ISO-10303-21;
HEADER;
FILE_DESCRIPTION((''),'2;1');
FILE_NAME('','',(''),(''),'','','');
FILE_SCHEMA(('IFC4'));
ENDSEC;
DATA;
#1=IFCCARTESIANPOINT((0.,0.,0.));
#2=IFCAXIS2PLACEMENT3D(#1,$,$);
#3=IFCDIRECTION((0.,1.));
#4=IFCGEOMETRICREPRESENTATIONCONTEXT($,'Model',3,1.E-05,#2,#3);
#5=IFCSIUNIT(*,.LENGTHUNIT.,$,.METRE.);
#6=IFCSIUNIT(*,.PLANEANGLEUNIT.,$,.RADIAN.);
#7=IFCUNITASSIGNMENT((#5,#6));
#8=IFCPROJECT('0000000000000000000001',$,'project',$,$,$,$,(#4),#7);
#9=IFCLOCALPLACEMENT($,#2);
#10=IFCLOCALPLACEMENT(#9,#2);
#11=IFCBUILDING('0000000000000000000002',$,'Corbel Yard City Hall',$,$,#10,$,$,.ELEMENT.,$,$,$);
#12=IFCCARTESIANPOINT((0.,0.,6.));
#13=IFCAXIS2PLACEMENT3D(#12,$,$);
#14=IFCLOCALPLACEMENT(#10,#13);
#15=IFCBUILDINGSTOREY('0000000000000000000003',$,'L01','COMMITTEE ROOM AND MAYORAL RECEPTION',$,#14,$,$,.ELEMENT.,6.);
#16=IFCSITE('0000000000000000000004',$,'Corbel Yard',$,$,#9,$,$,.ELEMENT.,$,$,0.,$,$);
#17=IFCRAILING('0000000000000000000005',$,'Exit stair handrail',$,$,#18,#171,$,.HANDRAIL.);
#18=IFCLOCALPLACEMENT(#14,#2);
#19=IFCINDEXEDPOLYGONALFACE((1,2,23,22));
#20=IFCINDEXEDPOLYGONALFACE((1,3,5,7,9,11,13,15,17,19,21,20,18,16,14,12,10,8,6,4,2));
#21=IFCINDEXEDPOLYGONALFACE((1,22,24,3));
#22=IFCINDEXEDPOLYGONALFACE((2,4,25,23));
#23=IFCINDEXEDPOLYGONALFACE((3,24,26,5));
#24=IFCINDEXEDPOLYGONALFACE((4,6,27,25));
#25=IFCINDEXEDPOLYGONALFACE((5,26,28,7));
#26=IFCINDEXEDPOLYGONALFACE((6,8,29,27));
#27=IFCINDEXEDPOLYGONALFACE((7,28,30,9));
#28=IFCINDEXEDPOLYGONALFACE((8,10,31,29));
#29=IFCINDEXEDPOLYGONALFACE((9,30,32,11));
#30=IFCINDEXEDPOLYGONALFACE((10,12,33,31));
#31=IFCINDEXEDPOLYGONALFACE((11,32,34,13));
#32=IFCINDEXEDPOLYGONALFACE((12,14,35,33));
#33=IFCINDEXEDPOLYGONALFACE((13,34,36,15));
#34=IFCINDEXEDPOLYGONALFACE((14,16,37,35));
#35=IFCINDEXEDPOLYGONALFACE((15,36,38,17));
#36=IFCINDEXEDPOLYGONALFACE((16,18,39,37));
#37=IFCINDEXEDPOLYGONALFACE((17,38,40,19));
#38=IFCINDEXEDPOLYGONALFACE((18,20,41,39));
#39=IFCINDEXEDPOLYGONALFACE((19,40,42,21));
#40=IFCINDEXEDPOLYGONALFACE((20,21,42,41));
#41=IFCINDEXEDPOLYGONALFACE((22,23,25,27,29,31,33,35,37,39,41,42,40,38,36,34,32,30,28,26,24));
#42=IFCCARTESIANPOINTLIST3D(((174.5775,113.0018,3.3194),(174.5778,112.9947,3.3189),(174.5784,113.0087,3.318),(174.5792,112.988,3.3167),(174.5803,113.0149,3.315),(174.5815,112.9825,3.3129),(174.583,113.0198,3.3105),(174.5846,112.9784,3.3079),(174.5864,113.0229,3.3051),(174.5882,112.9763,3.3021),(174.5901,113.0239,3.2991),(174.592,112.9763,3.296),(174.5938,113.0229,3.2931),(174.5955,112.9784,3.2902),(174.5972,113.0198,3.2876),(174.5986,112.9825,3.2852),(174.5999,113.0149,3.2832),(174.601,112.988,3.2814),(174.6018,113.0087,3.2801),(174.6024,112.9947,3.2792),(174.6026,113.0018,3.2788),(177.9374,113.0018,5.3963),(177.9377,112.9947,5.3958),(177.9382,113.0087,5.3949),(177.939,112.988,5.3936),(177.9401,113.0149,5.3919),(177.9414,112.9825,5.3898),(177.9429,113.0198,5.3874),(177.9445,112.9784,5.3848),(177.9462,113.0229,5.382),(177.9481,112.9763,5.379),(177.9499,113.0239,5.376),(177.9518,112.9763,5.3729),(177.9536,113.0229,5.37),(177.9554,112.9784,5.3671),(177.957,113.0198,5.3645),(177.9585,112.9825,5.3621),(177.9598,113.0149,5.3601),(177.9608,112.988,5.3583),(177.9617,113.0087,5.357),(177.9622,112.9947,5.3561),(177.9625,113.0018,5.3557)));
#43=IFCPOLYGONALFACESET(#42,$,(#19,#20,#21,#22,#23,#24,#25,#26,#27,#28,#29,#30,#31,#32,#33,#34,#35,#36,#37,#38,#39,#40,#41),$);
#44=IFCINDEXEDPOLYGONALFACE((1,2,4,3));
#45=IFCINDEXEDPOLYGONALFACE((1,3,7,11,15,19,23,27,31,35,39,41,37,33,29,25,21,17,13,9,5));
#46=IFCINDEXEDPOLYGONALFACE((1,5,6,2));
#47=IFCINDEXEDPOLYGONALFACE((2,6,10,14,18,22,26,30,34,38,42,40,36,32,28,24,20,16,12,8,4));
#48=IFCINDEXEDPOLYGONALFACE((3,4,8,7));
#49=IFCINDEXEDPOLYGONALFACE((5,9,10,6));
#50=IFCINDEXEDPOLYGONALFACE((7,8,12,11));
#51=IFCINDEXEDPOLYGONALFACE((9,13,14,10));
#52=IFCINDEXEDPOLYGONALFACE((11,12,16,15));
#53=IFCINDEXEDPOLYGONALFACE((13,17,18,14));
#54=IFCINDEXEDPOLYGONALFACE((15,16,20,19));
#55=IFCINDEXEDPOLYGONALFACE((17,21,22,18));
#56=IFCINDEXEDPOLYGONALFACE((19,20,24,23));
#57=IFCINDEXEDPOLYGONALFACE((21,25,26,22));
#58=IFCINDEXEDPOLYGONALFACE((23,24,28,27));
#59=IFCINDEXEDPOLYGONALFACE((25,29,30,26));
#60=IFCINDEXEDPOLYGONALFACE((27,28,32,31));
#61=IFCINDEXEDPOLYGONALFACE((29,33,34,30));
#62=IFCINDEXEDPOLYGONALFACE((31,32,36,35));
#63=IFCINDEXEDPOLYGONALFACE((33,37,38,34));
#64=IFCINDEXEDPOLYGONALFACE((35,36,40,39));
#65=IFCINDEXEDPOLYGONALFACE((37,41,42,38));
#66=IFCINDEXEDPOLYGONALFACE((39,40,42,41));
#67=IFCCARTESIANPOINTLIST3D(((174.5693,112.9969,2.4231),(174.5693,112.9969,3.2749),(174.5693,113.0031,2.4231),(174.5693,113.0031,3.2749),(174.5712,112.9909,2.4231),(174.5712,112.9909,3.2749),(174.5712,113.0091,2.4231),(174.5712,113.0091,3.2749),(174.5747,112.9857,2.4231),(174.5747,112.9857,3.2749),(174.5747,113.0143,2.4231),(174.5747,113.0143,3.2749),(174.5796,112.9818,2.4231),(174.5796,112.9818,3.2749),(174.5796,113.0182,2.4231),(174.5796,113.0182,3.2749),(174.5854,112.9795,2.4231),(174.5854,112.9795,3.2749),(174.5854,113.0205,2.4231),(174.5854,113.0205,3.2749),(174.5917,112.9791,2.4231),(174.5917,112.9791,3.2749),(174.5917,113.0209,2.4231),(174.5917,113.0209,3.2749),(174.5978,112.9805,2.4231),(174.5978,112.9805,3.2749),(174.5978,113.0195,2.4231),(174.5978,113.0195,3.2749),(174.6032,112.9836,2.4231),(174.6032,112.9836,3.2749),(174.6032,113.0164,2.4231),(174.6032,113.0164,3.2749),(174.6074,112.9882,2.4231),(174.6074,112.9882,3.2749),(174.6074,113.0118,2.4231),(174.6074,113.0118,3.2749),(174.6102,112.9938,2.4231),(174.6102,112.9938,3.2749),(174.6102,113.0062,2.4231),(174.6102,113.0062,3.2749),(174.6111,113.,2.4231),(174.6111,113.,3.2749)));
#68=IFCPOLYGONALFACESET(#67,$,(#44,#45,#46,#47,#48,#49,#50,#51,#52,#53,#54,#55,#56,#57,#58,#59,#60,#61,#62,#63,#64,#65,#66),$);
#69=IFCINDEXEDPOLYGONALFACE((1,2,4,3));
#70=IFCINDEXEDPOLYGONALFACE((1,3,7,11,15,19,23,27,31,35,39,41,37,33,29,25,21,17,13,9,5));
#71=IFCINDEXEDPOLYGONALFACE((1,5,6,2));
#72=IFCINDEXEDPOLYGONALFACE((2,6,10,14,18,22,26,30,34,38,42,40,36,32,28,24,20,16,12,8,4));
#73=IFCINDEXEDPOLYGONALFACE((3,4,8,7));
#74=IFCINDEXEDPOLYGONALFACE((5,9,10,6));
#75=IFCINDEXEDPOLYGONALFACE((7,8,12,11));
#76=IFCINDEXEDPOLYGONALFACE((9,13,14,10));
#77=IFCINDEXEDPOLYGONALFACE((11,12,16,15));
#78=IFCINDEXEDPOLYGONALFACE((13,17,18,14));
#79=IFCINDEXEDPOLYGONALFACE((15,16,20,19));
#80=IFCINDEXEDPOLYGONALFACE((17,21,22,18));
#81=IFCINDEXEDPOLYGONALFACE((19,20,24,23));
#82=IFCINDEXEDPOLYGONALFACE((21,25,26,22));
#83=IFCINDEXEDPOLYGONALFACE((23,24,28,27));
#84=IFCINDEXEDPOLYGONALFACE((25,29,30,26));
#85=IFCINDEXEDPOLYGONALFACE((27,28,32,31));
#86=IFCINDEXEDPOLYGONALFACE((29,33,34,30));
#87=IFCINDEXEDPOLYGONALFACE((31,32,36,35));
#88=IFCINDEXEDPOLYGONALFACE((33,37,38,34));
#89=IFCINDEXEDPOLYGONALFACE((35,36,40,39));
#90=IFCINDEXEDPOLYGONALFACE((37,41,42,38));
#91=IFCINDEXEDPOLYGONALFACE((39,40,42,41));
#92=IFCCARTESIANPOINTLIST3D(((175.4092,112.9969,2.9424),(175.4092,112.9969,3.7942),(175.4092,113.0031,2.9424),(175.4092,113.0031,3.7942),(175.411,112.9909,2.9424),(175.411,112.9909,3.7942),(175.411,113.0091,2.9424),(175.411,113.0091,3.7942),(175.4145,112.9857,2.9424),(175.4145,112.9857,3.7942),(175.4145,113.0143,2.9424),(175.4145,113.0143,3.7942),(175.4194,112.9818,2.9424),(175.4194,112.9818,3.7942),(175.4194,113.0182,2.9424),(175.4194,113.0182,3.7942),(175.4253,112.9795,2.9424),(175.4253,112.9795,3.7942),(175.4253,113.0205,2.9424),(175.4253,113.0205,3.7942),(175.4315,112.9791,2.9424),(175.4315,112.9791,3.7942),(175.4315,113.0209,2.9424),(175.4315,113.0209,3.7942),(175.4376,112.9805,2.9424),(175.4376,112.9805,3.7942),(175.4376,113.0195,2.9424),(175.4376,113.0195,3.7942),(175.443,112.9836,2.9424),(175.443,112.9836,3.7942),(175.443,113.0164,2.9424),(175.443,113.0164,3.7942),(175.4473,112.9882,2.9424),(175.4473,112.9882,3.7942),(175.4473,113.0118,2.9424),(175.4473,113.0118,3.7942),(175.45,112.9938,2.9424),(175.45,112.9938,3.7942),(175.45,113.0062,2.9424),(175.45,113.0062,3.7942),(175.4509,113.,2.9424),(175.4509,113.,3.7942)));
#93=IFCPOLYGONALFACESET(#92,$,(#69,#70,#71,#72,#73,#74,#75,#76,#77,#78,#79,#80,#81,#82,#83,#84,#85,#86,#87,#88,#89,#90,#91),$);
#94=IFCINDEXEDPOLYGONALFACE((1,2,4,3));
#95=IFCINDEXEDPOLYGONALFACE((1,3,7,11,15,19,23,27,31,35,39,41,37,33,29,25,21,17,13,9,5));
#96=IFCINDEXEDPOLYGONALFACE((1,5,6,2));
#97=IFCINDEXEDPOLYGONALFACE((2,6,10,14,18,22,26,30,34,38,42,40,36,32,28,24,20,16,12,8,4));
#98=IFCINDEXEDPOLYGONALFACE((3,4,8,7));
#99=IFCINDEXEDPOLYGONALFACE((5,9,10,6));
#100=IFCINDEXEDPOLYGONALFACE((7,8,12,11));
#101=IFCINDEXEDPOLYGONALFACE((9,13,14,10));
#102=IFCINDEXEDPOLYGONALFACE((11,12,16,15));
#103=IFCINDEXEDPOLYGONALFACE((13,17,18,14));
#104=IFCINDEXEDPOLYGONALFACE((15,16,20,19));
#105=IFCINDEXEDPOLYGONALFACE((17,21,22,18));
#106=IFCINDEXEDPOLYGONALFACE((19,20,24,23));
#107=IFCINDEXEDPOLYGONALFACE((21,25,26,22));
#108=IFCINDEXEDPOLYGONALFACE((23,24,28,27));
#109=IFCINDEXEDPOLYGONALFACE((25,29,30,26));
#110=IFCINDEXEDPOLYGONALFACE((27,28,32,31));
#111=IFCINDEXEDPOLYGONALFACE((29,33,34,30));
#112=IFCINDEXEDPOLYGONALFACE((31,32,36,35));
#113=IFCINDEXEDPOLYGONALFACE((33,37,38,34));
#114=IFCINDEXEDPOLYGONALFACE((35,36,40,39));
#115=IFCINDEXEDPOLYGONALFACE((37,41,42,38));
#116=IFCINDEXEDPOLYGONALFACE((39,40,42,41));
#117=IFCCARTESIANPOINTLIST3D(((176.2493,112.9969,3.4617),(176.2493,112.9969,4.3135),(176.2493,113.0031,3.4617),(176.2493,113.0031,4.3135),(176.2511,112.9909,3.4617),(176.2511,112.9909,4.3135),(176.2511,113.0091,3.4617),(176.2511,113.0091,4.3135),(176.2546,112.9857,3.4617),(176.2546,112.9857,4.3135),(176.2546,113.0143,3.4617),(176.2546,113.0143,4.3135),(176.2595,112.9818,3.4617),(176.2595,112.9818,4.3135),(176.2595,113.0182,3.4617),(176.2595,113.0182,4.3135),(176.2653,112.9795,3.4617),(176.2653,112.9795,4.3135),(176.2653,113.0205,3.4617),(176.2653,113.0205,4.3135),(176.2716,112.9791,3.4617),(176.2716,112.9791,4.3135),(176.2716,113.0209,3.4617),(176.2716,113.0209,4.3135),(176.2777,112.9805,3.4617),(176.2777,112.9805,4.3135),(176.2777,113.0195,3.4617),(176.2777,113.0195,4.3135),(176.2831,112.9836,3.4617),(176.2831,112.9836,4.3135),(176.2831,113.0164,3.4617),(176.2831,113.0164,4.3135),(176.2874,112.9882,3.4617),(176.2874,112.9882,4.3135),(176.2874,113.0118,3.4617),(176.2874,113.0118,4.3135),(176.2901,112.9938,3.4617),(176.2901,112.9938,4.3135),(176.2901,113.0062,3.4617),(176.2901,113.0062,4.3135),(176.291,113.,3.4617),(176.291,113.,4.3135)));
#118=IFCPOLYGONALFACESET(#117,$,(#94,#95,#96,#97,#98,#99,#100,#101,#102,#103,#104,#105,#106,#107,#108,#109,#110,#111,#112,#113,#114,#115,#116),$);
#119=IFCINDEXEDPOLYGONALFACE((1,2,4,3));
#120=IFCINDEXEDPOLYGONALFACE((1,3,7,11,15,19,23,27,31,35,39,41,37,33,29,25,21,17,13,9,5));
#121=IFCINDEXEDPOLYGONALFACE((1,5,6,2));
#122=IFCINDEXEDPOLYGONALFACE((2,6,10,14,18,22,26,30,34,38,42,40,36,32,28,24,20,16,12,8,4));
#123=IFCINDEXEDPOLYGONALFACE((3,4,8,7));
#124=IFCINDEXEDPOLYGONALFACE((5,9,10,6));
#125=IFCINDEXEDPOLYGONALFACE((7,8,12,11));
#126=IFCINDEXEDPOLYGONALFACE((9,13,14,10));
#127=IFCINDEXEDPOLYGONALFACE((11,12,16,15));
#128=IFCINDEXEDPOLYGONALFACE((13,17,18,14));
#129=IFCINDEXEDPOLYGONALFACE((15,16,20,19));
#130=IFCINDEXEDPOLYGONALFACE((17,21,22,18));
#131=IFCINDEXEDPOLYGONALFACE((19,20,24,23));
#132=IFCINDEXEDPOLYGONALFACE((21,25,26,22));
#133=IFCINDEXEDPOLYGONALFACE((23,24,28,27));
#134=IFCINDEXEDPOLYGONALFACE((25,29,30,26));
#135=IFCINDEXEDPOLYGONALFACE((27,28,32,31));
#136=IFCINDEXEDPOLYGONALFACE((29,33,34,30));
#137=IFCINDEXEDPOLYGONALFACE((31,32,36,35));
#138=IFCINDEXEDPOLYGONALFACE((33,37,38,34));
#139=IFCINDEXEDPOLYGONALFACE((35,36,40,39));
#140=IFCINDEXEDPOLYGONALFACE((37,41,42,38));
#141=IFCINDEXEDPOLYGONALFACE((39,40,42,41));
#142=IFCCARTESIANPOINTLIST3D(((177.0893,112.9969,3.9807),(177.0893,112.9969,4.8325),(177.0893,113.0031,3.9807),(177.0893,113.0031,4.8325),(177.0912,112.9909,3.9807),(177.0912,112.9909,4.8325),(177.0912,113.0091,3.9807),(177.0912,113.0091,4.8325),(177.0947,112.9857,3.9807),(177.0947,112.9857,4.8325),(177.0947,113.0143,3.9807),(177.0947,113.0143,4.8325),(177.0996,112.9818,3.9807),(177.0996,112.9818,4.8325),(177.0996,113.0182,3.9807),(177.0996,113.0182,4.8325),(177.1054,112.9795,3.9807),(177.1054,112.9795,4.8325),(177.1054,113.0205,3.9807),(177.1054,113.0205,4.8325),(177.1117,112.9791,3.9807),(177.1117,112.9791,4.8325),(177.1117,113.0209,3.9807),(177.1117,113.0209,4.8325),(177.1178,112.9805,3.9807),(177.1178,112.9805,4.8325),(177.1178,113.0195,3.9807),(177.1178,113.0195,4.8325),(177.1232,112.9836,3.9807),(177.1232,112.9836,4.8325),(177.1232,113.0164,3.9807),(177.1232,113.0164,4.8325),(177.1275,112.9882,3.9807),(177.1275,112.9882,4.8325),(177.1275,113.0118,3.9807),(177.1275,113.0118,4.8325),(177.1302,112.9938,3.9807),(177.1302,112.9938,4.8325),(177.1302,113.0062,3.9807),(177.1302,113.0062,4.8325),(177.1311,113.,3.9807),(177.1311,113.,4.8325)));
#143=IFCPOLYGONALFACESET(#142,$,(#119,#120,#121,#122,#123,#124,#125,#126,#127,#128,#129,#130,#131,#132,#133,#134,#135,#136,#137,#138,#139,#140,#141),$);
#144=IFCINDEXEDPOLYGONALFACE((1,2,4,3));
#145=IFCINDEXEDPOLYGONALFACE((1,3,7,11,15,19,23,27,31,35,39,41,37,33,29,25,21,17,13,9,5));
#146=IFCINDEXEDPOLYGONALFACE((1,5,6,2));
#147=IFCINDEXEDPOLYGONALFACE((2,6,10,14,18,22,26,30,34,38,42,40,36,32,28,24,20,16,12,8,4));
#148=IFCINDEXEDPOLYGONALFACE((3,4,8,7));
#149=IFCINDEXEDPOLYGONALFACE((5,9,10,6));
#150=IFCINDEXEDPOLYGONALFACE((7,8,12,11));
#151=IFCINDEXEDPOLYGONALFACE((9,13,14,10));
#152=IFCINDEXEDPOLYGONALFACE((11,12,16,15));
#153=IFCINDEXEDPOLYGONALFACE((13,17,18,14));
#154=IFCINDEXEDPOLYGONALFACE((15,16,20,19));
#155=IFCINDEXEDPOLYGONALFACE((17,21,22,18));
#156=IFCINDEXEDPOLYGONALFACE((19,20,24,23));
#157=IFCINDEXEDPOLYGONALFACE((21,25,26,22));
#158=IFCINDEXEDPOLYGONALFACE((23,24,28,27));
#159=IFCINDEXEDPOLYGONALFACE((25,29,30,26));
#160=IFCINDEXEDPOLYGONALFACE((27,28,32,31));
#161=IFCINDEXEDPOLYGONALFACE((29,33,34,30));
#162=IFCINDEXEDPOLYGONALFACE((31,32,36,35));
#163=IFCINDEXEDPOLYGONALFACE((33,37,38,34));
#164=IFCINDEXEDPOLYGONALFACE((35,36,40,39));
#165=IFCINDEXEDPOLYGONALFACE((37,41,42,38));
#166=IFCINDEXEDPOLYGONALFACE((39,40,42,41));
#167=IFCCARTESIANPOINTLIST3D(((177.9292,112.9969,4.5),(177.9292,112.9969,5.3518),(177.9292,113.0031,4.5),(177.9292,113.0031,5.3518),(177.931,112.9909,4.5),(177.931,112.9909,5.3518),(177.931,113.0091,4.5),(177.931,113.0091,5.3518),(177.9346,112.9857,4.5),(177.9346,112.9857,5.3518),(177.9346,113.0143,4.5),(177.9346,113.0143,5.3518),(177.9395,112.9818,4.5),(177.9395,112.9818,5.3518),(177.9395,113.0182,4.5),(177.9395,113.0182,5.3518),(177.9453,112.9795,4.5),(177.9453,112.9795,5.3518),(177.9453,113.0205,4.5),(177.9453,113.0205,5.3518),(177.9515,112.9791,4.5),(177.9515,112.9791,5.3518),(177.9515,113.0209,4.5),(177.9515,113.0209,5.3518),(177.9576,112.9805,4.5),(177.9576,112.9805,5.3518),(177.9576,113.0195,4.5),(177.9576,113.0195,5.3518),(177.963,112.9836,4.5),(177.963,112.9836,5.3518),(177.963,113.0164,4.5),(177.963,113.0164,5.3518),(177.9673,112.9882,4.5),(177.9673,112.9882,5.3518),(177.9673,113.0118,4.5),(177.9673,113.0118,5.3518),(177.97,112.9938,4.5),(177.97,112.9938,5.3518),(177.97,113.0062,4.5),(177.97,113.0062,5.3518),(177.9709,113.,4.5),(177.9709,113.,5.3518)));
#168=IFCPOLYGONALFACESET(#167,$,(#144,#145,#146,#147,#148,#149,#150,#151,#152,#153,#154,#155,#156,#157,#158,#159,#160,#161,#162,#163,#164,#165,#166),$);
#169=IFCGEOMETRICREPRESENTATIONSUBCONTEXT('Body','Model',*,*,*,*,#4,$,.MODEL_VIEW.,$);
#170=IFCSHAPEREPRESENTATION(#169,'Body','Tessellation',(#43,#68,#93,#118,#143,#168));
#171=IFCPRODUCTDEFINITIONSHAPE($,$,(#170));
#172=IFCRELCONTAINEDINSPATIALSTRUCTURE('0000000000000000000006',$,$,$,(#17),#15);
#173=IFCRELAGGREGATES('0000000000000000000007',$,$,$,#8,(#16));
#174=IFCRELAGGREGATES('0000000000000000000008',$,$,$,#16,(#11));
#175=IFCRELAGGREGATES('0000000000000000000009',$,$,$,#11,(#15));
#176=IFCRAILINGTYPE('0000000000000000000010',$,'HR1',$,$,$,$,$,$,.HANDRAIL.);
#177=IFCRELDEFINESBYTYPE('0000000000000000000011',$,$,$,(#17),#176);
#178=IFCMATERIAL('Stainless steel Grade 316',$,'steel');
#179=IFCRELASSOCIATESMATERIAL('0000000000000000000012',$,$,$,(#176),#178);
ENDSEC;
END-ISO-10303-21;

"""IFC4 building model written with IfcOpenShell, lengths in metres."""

from ifc_helpers import new_model, si_unit, direction, frame, origin, origin_2d, place, context, subcontext, project, spatial, circle, extrude, material, type_object, element, save


model = new_model("IFC4")

# Units and contexts
model_context = context("Model", 3, precision=1e-05, world=origin(), true_north=direction((0.0, 1.0)))
body_context = subcontext(model_context, "Body", "Model", "MODEL_VIEW")
ifc_project = project(units=[si_unit("LENGTHUNIT", "METRE"), si_unit("PLANEANGLEUNIT", "RADIAN")], contexts=[model_context])

# Site, building, storey
site_placement = place(None, origin())
site = spatial("IfcSite", under=ifc_project, at=site_placement, Name="Corbel Yard", CompositionType="ELEMENT", RefElevation=0.0)
building_placement = place(site_placement, origin())
building = spatial("IfcBuilding", under=site, at=building_placement, Name="Corbel Yard City Hall", CompositionType="ELEMENT")
storey_placement = place(building_placement, frame((0.0, 0.0, 6.0)))
storey = spatial("IfcBuildingStorey", under=building, at=storey_placement, Name="L01", Description="COMMITTEE ROOM AND MAYORAL RECEPTION", CompositionType="ELEMENT", Elevation=6.0)

# Shared definitions
ifc_material_1 = material(Name="Stainless steel Grade 316", Category="steel")

# Railing
railing_type_1 = type_object("IfcRailingType", Name="HR1", PredefinedType="HANDRAIL", material=ifc_material_1)
for number, where, name in (
    (1, (174.5901, 113.0, 2.4231), "Exit stair handrail"),
):
    element("IfcRailing", number, at=place(storey_placement, frame(where)), inside=storey, type_object=railing_type_1, Name=name, PredefinedType="HANDRAIL", context=body_context, shape_type="SweptSolid", body=[
        extrude(circle(Radius=0.0239, at=origin_2d()), frame((0.0, 0.0, 0.876), z_axis=(0.850606, 0.0, 0.525803), x_axis=(0.0, 1.0, 0.0)), (0.0, 0.0, 1.0), 3.95),
        extrude(circle(Radius=0.021, at=origin_2d()), origin(), (0.0, 0.0, 1.0), 0.8518),
        extrude(circle(Radius=0.021, at=origin_2d()), frame((0.8398, 0.0, 0.5193)), (0.0, 0.0, 1.0), 0.8518),
        extrude(circle(Radius=0.021, at=origin_2d()), frame((1.6799, 0.0, 1.0386)), (0.0, 0.0, 1.0), 0.8518),
        extrude(circle(Radius=0.021, at=origin_2d()), frame((2.52, 0.0, 1.5576)), (0.0, 0.0, 1.0), 0.8518),
        extrude(circle(Radius=0.021, at=origin_2d()), frame((3.3599, 0.0, 2.0769)), (0.0, 0.0, 1.0), 0.8518),
    ])

save(model, "model.ifc")
